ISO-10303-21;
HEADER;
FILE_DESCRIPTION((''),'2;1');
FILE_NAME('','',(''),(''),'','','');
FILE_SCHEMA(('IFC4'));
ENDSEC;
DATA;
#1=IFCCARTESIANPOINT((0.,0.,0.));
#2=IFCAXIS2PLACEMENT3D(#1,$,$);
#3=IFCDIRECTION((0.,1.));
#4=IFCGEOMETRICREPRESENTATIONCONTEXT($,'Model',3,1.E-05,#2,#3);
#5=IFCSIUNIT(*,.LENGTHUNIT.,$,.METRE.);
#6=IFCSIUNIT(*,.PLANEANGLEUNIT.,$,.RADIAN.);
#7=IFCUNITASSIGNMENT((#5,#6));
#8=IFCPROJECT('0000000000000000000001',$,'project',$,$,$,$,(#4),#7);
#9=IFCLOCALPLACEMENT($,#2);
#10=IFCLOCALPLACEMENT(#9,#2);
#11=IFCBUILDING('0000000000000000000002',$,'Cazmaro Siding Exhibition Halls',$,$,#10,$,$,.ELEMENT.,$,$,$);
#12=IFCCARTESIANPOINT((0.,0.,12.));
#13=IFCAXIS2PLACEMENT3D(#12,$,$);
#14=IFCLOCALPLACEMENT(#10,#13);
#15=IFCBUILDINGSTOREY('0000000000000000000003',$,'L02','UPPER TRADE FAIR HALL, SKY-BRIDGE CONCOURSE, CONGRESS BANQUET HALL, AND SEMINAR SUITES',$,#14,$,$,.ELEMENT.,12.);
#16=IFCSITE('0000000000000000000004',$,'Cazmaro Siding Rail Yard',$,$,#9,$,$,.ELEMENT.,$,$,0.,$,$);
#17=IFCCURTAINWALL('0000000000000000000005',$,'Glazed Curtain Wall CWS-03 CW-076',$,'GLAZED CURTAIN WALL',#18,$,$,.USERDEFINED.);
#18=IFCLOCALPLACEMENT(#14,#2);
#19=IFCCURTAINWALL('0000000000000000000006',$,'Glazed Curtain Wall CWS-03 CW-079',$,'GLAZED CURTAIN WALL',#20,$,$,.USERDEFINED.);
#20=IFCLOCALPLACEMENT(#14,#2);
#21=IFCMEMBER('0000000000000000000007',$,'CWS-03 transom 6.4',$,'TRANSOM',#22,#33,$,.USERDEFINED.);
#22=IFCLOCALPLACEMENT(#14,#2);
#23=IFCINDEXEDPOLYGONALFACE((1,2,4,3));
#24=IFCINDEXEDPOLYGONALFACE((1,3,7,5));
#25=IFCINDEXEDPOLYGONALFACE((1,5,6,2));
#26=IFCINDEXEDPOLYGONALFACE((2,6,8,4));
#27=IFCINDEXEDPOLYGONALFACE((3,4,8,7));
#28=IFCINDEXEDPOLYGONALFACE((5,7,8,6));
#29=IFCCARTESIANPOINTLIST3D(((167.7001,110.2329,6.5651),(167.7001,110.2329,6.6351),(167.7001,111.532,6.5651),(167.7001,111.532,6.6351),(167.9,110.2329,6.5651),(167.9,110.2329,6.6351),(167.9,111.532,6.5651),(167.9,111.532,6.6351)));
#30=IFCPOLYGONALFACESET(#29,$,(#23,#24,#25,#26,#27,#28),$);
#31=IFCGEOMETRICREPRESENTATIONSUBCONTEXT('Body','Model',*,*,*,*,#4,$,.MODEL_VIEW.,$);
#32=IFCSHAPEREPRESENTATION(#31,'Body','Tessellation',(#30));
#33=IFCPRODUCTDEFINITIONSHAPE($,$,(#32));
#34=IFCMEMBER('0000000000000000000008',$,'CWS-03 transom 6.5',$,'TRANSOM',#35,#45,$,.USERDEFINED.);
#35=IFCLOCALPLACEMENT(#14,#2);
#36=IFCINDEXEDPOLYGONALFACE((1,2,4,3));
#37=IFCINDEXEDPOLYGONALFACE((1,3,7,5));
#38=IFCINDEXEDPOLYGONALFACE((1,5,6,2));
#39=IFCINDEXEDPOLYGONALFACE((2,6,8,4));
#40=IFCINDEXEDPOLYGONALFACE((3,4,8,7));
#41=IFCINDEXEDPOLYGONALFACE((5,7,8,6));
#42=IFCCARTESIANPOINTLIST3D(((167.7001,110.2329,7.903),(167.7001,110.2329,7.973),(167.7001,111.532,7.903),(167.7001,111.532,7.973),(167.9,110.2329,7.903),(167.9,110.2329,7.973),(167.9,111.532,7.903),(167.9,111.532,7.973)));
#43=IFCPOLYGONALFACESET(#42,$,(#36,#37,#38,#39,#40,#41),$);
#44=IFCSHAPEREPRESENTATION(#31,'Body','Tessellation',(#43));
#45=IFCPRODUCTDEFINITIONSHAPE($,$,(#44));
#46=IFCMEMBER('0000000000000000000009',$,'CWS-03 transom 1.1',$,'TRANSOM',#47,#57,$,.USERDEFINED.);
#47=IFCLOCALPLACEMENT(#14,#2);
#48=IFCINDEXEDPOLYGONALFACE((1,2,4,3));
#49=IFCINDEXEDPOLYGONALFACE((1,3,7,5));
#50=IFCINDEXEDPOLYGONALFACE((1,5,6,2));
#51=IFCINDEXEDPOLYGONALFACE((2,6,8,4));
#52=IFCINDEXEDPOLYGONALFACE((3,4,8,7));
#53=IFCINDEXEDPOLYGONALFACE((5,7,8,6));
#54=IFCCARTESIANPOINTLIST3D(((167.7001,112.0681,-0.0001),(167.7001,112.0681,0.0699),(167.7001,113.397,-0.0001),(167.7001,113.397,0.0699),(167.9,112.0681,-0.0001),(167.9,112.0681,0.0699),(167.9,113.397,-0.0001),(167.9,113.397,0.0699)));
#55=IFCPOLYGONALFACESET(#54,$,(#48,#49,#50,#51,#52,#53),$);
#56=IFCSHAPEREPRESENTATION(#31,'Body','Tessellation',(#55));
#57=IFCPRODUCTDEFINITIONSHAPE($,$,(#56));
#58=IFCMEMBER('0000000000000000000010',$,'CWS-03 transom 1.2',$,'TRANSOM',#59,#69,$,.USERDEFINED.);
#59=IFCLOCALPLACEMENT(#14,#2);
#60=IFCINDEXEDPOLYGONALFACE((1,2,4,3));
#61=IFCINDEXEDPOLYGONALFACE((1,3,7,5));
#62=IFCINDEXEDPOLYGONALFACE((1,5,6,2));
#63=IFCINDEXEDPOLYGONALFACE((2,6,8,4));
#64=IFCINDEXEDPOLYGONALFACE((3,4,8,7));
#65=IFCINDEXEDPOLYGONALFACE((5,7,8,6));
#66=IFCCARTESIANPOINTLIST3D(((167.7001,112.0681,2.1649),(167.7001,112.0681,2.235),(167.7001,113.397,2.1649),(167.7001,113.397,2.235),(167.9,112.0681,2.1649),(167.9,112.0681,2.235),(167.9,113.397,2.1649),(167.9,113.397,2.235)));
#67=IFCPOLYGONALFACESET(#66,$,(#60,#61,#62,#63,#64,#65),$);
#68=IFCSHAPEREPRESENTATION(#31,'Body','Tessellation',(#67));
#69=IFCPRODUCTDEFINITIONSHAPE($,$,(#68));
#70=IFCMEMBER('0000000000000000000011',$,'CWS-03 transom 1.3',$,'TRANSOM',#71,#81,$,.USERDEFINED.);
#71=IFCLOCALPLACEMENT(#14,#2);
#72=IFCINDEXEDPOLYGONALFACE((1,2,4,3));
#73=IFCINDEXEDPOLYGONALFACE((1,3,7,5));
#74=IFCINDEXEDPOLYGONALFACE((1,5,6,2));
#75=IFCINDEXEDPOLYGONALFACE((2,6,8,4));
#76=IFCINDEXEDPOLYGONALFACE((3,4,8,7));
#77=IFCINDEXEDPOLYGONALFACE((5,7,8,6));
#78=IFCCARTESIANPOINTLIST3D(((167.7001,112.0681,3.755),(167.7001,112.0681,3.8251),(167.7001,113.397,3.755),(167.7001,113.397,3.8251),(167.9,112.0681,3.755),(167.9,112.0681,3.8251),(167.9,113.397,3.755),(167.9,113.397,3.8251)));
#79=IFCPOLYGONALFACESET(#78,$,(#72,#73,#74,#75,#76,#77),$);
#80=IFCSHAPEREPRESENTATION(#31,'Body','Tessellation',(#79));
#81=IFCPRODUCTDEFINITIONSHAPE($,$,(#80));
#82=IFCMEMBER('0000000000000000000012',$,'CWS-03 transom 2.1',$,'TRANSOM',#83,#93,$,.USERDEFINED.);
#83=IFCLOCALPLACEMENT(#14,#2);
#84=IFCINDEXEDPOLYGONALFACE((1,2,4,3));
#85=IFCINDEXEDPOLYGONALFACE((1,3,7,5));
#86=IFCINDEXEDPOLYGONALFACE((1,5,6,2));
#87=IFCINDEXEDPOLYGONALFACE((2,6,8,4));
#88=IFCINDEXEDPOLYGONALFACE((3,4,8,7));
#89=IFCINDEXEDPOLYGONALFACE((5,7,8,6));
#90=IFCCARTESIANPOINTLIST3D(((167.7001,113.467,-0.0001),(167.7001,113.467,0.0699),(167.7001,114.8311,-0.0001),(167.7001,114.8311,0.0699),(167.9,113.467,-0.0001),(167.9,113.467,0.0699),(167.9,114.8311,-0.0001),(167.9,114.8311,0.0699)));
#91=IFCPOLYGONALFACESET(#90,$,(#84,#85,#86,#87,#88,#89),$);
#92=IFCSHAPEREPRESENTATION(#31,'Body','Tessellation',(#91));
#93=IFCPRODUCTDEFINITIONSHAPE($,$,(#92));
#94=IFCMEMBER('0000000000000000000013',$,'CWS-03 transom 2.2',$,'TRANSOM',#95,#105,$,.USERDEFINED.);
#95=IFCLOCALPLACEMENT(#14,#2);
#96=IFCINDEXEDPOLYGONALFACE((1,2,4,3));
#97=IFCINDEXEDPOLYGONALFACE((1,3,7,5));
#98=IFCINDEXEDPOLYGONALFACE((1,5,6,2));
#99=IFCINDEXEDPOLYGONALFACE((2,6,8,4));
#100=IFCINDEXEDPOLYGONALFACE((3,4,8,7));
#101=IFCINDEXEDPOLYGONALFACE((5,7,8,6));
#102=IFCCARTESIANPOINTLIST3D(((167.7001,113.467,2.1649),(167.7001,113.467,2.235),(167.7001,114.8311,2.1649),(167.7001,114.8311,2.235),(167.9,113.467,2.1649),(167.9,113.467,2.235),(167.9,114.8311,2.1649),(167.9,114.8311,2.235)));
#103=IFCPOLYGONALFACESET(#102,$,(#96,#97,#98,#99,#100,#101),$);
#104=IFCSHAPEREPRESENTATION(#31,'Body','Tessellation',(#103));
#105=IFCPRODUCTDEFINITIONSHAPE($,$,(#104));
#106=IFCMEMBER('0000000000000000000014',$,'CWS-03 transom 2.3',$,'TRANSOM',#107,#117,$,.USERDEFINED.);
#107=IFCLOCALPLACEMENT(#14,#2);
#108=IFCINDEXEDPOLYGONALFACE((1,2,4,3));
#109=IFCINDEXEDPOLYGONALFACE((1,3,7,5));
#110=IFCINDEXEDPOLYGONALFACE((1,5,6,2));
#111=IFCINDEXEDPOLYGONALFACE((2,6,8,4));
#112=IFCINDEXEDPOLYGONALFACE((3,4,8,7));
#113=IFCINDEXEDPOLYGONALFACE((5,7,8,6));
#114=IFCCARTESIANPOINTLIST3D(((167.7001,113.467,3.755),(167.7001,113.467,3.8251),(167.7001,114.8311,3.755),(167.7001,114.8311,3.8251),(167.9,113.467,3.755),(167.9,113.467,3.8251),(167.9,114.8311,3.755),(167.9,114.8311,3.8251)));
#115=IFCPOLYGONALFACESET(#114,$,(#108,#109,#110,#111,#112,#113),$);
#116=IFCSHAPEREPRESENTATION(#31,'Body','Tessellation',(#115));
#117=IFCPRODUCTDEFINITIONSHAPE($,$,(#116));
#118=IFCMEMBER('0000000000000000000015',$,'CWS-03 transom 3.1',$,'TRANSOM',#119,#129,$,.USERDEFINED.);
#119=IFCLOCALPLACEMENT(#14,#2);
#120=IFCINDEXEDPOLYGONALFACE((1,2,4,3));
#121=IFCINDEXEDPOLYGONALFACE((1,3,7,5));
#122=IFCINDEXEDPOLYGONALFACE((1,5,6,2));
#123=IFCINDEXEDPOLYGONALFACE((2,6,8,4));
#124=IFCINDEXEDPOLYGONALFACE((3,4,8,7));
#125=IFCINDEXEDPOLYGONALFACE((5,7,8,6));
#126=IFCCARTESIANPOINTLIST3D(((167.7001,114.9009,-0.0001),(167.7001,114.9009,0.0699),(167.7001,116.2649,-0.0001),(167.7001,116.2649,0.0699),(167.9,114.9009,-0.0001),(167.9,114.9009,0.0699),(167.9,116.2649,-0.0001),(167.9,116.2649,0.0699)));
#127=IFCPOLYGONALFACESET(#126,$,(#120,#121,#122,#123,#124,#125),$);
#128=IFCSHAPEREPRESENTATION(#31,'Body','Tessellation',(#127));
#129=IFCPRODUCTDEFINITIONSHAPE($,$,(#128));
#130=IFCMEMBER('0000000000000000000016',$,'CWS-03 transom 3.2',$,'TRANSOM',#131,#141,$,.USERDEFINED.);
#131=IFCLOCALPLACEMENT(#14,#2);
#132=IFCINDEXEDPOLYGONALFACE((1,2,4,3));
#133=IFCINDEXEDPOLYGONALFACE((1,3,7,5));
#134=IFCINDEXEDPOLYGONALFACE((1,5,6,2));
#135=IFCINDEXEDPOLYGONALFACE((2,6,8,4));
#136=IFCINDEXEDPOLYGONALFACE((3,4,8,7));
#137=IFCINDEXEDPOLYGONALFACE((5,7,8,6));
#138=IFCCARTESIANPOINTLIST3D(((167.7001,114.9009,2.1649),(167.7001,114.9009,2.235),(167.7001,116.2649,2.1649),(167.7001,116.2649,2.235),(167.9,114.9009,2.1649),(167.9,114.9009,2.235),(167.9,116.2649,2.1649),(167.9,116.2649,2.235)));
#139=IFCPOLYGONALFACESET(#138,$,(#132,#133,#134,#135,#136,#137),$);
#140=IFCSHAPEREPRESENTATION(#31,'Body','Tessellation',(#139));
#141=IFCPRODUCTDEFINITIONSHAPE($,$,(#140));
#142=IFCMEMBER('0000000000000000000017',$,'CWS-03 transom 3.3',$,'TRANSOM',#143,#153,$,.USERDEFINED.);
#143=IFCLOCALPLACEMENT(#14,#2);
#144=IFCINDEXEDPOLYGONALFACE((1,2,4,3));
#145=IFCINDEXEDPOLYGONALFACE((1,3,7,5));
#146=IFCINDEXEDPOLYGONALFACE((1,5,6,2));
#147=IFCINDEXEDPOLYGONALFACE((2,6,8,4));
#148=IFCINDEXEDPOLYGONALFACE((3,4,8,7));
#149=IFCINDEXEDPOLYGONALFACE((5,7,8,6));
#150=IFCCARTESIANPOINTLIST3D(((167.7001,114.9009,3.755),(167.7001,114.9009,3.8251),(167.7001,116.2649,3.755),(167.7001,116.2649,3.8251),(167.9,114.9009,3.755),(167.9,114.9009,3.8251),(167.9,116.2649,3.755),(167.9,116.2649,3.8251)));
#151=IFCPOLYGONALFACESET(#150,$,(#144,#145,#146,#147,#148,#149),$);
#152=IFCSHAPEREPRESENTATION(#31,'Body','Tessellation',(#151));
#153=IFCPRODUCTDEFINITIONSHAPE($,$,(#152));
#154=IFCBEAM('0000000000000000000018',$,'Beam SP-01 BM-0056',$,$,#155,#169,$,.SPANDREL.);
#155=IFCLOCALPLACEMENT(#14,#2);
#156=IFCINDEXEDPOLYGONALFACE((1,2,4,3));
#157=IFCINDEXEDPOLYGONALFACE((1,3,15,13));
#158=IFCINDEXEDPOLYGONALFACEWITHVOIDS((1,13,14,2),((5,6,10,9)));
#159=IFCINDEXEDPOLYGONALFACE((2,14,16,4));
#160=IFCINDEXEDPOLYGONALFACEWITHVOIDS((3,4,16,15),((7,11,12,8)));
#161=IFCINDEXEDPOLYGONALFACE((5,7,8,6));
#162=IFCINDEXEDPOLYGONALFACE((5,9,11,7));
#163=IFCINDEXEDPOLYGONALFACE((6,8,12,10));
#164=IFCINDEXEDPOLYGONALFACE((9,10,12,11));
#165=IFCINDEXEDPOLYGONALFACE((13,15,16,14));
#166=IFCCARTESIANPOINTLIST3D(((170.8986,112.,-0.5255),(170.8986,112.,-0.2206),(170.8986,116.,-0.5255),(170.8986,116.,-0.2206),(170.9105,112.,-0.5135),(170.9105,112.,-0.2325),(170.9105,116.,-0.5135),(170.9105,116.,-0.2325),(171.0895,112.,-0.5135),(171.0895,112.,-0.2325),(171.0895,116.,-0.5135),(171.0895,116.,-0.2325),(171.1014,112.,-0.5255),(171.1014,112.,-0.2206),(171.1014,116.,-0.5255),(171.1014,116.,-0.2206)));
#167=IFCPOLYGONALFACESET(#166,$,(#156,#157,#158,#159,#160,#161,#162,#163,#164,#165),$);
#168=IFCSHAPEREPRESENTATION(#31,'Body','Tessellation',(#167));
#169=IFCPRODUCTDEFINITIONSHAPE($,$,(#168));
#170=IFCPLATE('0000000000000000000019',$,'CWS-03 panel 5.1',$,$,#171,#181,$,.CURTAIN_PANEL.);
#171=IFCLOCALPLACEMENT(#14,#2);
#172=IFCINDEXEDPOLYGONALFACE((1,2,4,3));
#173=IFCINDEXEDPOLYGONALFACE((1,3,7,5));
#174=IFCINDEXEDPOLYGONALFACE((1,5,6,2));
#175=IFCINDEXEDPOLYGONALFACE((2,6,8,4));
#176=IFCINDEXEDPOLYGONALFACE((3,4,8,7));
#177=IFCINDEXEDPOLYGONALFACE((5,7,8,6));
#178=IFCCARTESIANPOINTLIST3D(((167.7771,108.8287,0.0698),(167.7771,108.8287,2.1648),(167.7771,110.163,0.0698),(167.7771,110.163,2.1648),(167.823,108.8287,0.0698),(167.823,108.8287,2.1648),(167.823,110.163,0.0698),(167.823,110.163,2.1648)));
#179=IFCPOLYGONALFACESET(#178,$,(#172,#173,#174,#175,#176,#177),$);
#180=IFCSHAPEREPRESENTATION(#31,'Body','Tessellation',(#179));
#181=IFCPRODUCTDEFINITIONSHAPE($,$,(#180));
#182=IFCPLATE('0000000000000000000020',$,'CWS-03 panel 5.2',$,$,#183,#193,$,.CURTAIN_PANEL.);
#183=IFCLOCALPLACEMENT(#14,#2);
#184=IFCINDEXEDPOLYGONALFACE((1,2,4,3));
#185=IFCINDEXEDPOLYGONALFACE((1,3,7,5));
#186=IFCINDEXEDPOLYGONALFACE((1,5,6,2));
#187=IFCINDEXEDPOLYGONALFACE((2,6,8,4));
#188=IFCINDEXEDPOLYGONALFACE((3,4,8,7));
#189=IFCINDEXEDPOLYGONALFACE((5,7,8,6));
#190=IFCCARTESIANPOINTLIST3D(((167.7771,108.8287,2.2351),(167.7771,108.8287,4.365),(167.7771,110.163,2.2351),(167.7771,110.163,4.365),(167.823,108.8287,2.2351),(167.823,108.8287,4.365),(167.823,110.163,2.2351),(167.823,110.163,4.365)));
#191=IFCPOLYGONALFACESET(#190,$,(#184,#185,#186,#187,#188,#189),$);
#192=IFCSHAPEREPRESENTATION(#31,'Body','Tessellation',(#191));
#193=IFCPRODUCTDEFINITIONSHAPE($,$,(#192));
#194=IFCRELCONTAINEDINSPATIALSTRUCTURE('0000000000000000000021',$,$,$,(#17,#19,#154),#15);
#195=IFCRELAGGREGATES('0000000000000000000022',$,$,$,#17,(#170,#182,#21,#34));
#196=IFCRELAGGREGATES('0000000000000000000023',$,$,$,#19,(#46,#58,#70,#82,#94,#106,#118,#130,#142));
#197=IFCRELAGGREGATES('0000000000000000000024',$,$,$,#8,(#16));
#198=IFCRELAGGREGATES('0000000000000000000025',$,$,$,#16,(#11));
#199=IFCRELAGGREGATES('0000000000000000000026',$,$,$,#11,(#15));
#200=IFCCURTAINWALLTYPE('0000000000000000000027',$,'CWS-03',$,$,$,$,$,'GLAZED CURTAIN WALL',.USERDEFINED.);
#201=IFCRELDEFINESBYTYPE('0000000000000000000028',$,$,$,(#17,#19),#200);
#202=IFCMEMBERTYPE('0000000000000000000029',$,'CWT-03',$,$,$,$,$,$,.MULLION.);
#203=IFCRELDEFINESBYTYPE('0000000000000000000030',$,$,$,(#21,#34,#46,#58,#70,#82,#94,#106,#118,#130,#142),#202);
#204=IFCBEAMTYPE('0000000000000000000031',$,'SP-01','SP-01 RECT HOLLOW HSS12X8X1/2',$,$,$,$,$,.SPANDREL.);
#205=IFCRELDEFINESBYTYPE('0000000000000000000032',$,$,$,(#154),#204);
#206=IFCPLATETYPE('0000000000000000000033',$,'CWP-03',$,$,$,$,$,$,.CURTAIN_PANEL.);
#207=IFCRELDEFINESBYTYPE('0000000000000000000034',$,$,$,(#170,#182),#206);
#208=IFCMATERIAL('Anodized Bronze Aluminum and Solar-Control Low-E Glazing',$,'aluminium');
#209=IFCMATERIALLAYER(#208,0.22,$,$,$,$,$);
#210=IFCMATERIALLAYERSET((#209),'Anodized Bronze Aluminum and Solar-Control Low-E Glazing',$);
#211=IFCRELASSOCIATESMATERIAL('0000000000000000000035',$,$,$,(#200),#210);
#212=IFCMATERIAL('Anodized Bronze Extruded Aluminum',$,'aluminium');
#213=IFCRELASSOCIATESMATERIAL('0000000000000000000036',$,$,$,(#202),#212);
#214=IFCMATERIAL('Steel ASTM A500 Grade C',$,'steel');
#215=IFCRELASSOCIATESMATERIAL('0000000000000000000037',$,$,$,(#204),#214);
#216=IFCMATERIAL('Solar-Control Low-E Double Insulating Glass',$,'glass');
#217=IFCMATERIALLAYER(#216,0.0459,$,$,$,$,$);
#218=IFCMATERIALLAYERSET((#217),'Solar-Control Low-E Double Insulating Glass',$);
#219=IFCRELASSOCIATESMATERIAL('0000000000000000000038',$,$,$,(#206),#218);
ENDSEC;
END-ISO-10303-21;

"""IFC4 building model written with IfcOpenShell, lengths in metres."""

from ifc_helpers import new_model, si_unit, direction, frame, origin, origin_2d, place, context, subcontext, project, spatial, rectangle, hollow_rectangle, extrude, material, layer, layer_set, material_profile, profile_set, type_object, element, aggregate, save


model = new_model("IFC4")

# Units and contexts
model_context = context("Model", 3, precision=1e-05, world=origin(), true_north=direction((0.0, 1.0)))
body_context = subcontext(model_context, "Body", "Model", "MODEL_VIEW")
ifc_project = project(units=[si_unit("LENGTHUNIT", "METRE"), si_unit("PLANEANGLEUNIT", "RADIAN")], contexts=[model_context])

# Site, building, storey
site_placement = place(None, origin())
site = spatial("IfcSite", under=ifc_project, at=site_placement, Name="Cazmaro Siding Rail Yard", CompositionType="ELEMENT", RefElevation=0.0)
building_placement = place(site_placement, origin())
building = spatial("IfcBuilding", under=site, at=building_placement, Name="Cazmaro Siding Exhibition Halls", CompositionType="ELEMENT")
storey_placement = place(building_placement, frame((0.0, 0.0, 12.0)))
storey = spatial("IfcBuildingStorey", under=building, at=storey_placement, Name="L02", Description="UPPER TRADE FAIR HALL, SKY-BRIDGE CONCOURSE, CONGRESS BANQUET HALL, AND SEMINAR SUITES", CompositionType="ELEMENT", Elevation=12.0)

# Curtain walls
ifc_material_1 = material(Name="Anodized Bronze Aluminum and Solar-Control Low-E Glazing", Category="aluminium")
ifc_layer_1 = layer(ifc_material_1, 0.22)
ifc_layer_set_1 = layer_set([ifc_layer_1], Name="Anodized Bronze Aluminum and Solar-Control Low-E Glazing")
curtain_wall_type = type_object("IfcCurtainWallType", Name="CWS-03", ElementType="GLAZED CURTAIN WALL", PredefinedType="USERDEFINED", material=ifc_layer_set_1)
curtain_wall_1_placement = place(storey_placement, origin())
curtain_wall_1 = element("IfcCurtainWall", 1, at=curtain_wall_1_placement, inside=storey, type_object=curtain_wall_type, Name="Glazed Curtain Wall CWS-03 CW-076", ObjectType="GLAZED CURTAIN WALL", PredefinedType="USERDEFINED")
curtain_wall_2_placement = place(storey_placement, origin())
curtain_wall_2 = element("IfcCurtainWall", 2, at=curtain_wall_2_placement, inside=storey, type_object=curtain_wall_type, Name="Glazed Curtain Wall CWS-03 CW-079", ObjectType="GLAZED CURTAIN WALL", PredefinedType="USERDEFINED")

# Members
ifc_material_2 = material(Name="Anodized Bronze Extruded Aluminum", Category="aluminium")
ifc_material_profile_1 = material_profile(ifc_material_2, rectangle(XDim=0.2, YDim=0.0701, at=origin_2d()), Name="CWT-03")
ifc_profile_set_1 = profile_set([ifc_material_profile_1], Name="Anodized Bronze Extruded Aluminum")
member_type_1 = type_object("IfcMemberType", Name="CWT-03", PredefinedType="MULLION", material=ifc_profile_set_1)
member_1_placement = place(storey_placement, frame((167.8, 110.2329, 6.6001), z_axis=(0.0, 1.0, 0.0), x_axis=(-1.0, 0.0, 0.0)))
member_1 = element("IfcMember", 3, at=member_1_placement, type_object=member_type_1, Name="CWS-03 transom 6.4", ObjectType="TRANSOM", PredefinedType="USERDEFINED", context=body_context, shape_type="SweptSolid", body=[
    extrude(rectangle(XDim=0.2, YDim=0.0701, at=origin_2d()), origin(), (0.0, 0.0, 1.0), 1.2991),
])
member_2_placement = place(storey_placement, frame((167.8, 110.2329, 7.938), z_axis=(0.0, 1.0, 0.0), x_axis=(-1.0, 0.0, 0.0)))
member_2 = element("IfcMember", 4, at=member_2_placement, type_object=member_type_1, Name="CWS-03 transom 6.5", ObjectType="TRANSOM", PredefinedType="USERDEFINED", context=body_context, shape_type="SweptSolid", body=[
    extrude(rectangle(XDim=0.2, YDim=0.0701, at=origin_2d()), origin(), (0.0, 0.0, 1.0), 1.2991),
])
member_3_placement = place(storey_placement, frame((167.8, 112.0681, 0.0349), z_axis=(0.0, 1.0, 0.0), x_axis=(-1.0, 0.0, 0.0)))
member_3 = element("IfcMember", 5, at=member_3_placement, type_object=member_type_1, Name="CWS-03 transom 1.1", ObjectType="TRANSOM", PredefinedType="USERDEFINED", context=body_context, shape_type="SweptSolid", body=[
    extrude(rectangle(XDim=0.2, YDim=0.0701, at=origin_2d()), origin(), (0.0, 0.0, 1.0), 1.3289),
])
member_4_placement = place(storey_placement, frame((167.8, 112.0681, 2.2), z_axis=(0.0, 1.0, 0.0), x_axis=(-1.0, 0.0, 0.0)))
member_4 = element("IfcMember", 6, at=member_4_placement, type_object=member_type_1, Name="CWS-03 transom 1.2", ObjectType="TRANSOM", PredefinedType="USERDEFINED", context=body_context, shape_type="SweptSolid", body=[
    extrude(rectangle(XDim=0.2, YDim=0.0701, at=origin_2d()), origin(), (0.0, 0.0, 1.0), 1.3289),
])
member_5_placement = place(storey_placement, frame((167.8, 112.0681, 3.79), z_axis=(0.0, 1.0, 0.0), x_axis=(-1.0, 0.0, 0.0)))
member_5 = element("IfcMember", 7, at=member_5_placement, type_object=member_type_1, Name="CWS-03 transom 1.3", ObjectType="TRANSOM", PredefinedType="USERDEFINED", context=body_context, shape_type="SweptSolid", body=[
    extrude(rectangle(XDim=0.2, YDim=0.0701, at=origin_2d()), origin(), (0.0, 0.0, 1.0), 1.3289),
])
member_6_placement = place(storey_placement, frame((167.8, 113.467, 0.0349), z_axis=(0.0, 1.0, 0.0), x_axis=(-1.0, 0.0, 0.0)))
member_6 = element("IfcMember", 8, at=member_6_placement, type_object=member_type_1, Name="CWS-03 transom 2.1", ObjectType="TRANSOM", PredefinedType="USERDEFINED", context=body_context, shape_type="SweptSolid", body=[
    extrude(rectangle(XDim=0.2, YDim=0.0701, at=origin_2d()), origin(), (0.0, 0.0, 1.0), 1.364),
])
member_7_placement = place(storey_placement, frame((167.8, 113.467, 2.2), z_axis=(0.0, 1.0, 0.0), x_axis=(-1.0, 0.0, 0.0)))
member_7 = element("IfcMember", 9, at=member_7_placement, type_object=member_type_1, Name="CWS-03 transom 2.2", ObjectType="TRANSOM", PredefinedType="USERDEFINED", context=body_context, shape_type="SweptSolid", body=[
    extrude(rectangle(XDim=0.2, YDim=0.0701, at=origin_2d()), origin(), (0.0, 0.0, 1.0), 1.364),
])
member_8_placement = place(storey_placement, frame((167.8, 113.467, 3.79), z_axis=(0.0, 1.0, 0.0), x_axis=(-1.0, 0.0, 0.0)))
member_8 = element("IfcMember", 10, at=member_8_placement, type_object=member_type_1, Name="CWS-03 transom 2.3", ObjectType="TRANSOM", PredefinedType="USERDEFINED", context=body_context, shape_type="SweptSolid", body=[
    extrude(rectangle(XDim=0.2, YDim=0.0701, at=origin_2d()), origin(), (0.0, 0.0, 1.0), 1.364),
])
member_9_placement = place(storey_placement, frame((167.8, 114.9009, 0.0349), z_axis=(0.0, 1.0, 0.0), x_axis=(-1.0, 0.0, 0.0)))
member_9 = element("IfcMember", 11, at=member_9_placement, type_object=member_type_1, Name="CWS-03 transom 3.1", ObjectType="TRANSOM", PredefinedType="USERDEFINED", context=body_context, shape_type="SweptSolid", body=[
    extrude(rectangle(XDim=0.2, YDim=0.0701, at=origin_2d()), origin(), (0.0, 0.0, 1.0), 1.364),
])
member_10_placement = place(storey_placement, frame((167.8, 114.9009, 2.2), z_axis=(0.0, 1.0, 0.0), x_axis=(-1.0, 0.0, 0.0)))
member_10 = element("IfcMember", 12, at=member_10_placement, type_object=member_type_1, Name="CWS-03 transom 3.2", ObjectType="TRANSOM", PredefinedType="USERDEFINED", context=body_context, shape_type="SweptSolid", body=[
    extrude(rectangle(XDim=0.2, YDim=0.0701, at=origin_2d()), origin(), (0.0, 0.0, 1.0), 1.364),
])
member_11_placement = place(storey_placement, frame((167.8, 114.9009, 3.79), z_axis=(0.0, 1.0, 0.0), x_axis=(-1.0, 0.0, 0.0)))
member_11 = element("IfcMember", 13, at=member_11_placement, type_object=member_type_1, Name="CWS-03 transom 3.3", ObjectType="TRANSOM", PredefinedType="USERDEFINED", context=body_context, shape_type="SweptSolid", body=[
    extrude(rectangle(XDim=0.2, YDim=0.0701, at=origin_2d()), origin(), (0.0, 0.0, 1.0), 1.364),
])

# Beam
ifc_material_3 = material(Name="Steel ASTM A500 Grade C", Category="steel")
ifc_material_profile_2 = material_profile(ifc_material_3, hollow_rectangle(XDim=0.2029, YDim=0.3049, WallThickness=0.012, at=origin_2d()), Name="HSS12X8X1/2")
ifc_profile_set_2 = profile_set([ifc_material_profile_2], Name="Steel ASTM A500 Grade C")
beam_type_1 = type_object("IfcBeamType", Name="SP-01", Description="SP-01 RECT HOLLOW HSS12X8X1/2", PredefinedType="SPANDREL", material=ifc_profile_set_2)
beam_1_placement = place(storey_placement, frame((171.0, 112.0, -0.373), z_axis=(0.0, 1.0, 0.0), x_axis=(-1.0, 0.0, 0.0)))
element("IfcBeam", 14, at=beam_1_placement, inside=storey, type_object=beam_type_1, Name="Beam SP-01 BM-0056", PredefinedType="SPANDREL", context=body_context, shape_type="SweptSolid", body=[
    extrude(hollow_rectangle(XDim=0.2029, YDim=0.3049, WallThickness=0.012, at=origin_2d()), origin(), (0.0, 0.0, 1.0), 4.0),
])

# Plates
ifc_material_4 = material(Name="Solar-Control Low-E Double Insulating Glass", Category="glass")
ifc_layer_2 = layer(ifc_material_4, 0.0459)
ifc_layer_set_2 = layer_set([ifc_layer_2], Name="Solar-Control Low-E Double Insulating Glass")
plate_type = type_object("IfcPlateType", Name="CWP-03", PredefinedType="CURTAIN_PANEL", material=ifc_layer_set_2)
plate_1_placement = place(storey_placement, frame((167.8, 109.4958, 0.0698), z_axis=(0.0, 0.0, 1.0), x_axis=(0.0, 1.0, 0.0)))
plate_1 = element("IfcPlate", 15, at=plate_1_placement, type_object=plate_type, Name="CWS-03 panel 5.1", PredefinedType="CURTAIN_PANEL", context=body_context, shape_type="SweptSolid", body=[
    extrude(rectangle(XDim=1.3342, YDim=0.0459, at=origin_2d()), origin(), (0.0, 0.0, 1.0), 2.095),
])
plate_2_placement = place(storey_placement, frame((167.8, 109.4958, 2.2351), z_axis=(0.0, 0.0, 1.0), x_axis=(0.0, 1.0, 0.0)))
plate_2 = element("IfcPlate", 16, at=plate_2_placement, type_object=plate_type, Name="CWS-03 panel 5.2", PredefinedType="CURTAIN_PANEL", context=body_context, shape_type="SweptSolid", body=[
    extrude(rectangle(XDim=1.3342, YDim=0.0459, at=origin_2d()), origin(), (0.0, 0.0, 1.0), 2.1299),
])
aggregate(curtain_wall_1, [plate_1, plate_2, member_1, member_2])
aggregate(curtain_wall_2, [member_3, member_4, member_5, member_6, member_7, member_8, member_9, member_10, member_11])

save(model, "model.ifc")
